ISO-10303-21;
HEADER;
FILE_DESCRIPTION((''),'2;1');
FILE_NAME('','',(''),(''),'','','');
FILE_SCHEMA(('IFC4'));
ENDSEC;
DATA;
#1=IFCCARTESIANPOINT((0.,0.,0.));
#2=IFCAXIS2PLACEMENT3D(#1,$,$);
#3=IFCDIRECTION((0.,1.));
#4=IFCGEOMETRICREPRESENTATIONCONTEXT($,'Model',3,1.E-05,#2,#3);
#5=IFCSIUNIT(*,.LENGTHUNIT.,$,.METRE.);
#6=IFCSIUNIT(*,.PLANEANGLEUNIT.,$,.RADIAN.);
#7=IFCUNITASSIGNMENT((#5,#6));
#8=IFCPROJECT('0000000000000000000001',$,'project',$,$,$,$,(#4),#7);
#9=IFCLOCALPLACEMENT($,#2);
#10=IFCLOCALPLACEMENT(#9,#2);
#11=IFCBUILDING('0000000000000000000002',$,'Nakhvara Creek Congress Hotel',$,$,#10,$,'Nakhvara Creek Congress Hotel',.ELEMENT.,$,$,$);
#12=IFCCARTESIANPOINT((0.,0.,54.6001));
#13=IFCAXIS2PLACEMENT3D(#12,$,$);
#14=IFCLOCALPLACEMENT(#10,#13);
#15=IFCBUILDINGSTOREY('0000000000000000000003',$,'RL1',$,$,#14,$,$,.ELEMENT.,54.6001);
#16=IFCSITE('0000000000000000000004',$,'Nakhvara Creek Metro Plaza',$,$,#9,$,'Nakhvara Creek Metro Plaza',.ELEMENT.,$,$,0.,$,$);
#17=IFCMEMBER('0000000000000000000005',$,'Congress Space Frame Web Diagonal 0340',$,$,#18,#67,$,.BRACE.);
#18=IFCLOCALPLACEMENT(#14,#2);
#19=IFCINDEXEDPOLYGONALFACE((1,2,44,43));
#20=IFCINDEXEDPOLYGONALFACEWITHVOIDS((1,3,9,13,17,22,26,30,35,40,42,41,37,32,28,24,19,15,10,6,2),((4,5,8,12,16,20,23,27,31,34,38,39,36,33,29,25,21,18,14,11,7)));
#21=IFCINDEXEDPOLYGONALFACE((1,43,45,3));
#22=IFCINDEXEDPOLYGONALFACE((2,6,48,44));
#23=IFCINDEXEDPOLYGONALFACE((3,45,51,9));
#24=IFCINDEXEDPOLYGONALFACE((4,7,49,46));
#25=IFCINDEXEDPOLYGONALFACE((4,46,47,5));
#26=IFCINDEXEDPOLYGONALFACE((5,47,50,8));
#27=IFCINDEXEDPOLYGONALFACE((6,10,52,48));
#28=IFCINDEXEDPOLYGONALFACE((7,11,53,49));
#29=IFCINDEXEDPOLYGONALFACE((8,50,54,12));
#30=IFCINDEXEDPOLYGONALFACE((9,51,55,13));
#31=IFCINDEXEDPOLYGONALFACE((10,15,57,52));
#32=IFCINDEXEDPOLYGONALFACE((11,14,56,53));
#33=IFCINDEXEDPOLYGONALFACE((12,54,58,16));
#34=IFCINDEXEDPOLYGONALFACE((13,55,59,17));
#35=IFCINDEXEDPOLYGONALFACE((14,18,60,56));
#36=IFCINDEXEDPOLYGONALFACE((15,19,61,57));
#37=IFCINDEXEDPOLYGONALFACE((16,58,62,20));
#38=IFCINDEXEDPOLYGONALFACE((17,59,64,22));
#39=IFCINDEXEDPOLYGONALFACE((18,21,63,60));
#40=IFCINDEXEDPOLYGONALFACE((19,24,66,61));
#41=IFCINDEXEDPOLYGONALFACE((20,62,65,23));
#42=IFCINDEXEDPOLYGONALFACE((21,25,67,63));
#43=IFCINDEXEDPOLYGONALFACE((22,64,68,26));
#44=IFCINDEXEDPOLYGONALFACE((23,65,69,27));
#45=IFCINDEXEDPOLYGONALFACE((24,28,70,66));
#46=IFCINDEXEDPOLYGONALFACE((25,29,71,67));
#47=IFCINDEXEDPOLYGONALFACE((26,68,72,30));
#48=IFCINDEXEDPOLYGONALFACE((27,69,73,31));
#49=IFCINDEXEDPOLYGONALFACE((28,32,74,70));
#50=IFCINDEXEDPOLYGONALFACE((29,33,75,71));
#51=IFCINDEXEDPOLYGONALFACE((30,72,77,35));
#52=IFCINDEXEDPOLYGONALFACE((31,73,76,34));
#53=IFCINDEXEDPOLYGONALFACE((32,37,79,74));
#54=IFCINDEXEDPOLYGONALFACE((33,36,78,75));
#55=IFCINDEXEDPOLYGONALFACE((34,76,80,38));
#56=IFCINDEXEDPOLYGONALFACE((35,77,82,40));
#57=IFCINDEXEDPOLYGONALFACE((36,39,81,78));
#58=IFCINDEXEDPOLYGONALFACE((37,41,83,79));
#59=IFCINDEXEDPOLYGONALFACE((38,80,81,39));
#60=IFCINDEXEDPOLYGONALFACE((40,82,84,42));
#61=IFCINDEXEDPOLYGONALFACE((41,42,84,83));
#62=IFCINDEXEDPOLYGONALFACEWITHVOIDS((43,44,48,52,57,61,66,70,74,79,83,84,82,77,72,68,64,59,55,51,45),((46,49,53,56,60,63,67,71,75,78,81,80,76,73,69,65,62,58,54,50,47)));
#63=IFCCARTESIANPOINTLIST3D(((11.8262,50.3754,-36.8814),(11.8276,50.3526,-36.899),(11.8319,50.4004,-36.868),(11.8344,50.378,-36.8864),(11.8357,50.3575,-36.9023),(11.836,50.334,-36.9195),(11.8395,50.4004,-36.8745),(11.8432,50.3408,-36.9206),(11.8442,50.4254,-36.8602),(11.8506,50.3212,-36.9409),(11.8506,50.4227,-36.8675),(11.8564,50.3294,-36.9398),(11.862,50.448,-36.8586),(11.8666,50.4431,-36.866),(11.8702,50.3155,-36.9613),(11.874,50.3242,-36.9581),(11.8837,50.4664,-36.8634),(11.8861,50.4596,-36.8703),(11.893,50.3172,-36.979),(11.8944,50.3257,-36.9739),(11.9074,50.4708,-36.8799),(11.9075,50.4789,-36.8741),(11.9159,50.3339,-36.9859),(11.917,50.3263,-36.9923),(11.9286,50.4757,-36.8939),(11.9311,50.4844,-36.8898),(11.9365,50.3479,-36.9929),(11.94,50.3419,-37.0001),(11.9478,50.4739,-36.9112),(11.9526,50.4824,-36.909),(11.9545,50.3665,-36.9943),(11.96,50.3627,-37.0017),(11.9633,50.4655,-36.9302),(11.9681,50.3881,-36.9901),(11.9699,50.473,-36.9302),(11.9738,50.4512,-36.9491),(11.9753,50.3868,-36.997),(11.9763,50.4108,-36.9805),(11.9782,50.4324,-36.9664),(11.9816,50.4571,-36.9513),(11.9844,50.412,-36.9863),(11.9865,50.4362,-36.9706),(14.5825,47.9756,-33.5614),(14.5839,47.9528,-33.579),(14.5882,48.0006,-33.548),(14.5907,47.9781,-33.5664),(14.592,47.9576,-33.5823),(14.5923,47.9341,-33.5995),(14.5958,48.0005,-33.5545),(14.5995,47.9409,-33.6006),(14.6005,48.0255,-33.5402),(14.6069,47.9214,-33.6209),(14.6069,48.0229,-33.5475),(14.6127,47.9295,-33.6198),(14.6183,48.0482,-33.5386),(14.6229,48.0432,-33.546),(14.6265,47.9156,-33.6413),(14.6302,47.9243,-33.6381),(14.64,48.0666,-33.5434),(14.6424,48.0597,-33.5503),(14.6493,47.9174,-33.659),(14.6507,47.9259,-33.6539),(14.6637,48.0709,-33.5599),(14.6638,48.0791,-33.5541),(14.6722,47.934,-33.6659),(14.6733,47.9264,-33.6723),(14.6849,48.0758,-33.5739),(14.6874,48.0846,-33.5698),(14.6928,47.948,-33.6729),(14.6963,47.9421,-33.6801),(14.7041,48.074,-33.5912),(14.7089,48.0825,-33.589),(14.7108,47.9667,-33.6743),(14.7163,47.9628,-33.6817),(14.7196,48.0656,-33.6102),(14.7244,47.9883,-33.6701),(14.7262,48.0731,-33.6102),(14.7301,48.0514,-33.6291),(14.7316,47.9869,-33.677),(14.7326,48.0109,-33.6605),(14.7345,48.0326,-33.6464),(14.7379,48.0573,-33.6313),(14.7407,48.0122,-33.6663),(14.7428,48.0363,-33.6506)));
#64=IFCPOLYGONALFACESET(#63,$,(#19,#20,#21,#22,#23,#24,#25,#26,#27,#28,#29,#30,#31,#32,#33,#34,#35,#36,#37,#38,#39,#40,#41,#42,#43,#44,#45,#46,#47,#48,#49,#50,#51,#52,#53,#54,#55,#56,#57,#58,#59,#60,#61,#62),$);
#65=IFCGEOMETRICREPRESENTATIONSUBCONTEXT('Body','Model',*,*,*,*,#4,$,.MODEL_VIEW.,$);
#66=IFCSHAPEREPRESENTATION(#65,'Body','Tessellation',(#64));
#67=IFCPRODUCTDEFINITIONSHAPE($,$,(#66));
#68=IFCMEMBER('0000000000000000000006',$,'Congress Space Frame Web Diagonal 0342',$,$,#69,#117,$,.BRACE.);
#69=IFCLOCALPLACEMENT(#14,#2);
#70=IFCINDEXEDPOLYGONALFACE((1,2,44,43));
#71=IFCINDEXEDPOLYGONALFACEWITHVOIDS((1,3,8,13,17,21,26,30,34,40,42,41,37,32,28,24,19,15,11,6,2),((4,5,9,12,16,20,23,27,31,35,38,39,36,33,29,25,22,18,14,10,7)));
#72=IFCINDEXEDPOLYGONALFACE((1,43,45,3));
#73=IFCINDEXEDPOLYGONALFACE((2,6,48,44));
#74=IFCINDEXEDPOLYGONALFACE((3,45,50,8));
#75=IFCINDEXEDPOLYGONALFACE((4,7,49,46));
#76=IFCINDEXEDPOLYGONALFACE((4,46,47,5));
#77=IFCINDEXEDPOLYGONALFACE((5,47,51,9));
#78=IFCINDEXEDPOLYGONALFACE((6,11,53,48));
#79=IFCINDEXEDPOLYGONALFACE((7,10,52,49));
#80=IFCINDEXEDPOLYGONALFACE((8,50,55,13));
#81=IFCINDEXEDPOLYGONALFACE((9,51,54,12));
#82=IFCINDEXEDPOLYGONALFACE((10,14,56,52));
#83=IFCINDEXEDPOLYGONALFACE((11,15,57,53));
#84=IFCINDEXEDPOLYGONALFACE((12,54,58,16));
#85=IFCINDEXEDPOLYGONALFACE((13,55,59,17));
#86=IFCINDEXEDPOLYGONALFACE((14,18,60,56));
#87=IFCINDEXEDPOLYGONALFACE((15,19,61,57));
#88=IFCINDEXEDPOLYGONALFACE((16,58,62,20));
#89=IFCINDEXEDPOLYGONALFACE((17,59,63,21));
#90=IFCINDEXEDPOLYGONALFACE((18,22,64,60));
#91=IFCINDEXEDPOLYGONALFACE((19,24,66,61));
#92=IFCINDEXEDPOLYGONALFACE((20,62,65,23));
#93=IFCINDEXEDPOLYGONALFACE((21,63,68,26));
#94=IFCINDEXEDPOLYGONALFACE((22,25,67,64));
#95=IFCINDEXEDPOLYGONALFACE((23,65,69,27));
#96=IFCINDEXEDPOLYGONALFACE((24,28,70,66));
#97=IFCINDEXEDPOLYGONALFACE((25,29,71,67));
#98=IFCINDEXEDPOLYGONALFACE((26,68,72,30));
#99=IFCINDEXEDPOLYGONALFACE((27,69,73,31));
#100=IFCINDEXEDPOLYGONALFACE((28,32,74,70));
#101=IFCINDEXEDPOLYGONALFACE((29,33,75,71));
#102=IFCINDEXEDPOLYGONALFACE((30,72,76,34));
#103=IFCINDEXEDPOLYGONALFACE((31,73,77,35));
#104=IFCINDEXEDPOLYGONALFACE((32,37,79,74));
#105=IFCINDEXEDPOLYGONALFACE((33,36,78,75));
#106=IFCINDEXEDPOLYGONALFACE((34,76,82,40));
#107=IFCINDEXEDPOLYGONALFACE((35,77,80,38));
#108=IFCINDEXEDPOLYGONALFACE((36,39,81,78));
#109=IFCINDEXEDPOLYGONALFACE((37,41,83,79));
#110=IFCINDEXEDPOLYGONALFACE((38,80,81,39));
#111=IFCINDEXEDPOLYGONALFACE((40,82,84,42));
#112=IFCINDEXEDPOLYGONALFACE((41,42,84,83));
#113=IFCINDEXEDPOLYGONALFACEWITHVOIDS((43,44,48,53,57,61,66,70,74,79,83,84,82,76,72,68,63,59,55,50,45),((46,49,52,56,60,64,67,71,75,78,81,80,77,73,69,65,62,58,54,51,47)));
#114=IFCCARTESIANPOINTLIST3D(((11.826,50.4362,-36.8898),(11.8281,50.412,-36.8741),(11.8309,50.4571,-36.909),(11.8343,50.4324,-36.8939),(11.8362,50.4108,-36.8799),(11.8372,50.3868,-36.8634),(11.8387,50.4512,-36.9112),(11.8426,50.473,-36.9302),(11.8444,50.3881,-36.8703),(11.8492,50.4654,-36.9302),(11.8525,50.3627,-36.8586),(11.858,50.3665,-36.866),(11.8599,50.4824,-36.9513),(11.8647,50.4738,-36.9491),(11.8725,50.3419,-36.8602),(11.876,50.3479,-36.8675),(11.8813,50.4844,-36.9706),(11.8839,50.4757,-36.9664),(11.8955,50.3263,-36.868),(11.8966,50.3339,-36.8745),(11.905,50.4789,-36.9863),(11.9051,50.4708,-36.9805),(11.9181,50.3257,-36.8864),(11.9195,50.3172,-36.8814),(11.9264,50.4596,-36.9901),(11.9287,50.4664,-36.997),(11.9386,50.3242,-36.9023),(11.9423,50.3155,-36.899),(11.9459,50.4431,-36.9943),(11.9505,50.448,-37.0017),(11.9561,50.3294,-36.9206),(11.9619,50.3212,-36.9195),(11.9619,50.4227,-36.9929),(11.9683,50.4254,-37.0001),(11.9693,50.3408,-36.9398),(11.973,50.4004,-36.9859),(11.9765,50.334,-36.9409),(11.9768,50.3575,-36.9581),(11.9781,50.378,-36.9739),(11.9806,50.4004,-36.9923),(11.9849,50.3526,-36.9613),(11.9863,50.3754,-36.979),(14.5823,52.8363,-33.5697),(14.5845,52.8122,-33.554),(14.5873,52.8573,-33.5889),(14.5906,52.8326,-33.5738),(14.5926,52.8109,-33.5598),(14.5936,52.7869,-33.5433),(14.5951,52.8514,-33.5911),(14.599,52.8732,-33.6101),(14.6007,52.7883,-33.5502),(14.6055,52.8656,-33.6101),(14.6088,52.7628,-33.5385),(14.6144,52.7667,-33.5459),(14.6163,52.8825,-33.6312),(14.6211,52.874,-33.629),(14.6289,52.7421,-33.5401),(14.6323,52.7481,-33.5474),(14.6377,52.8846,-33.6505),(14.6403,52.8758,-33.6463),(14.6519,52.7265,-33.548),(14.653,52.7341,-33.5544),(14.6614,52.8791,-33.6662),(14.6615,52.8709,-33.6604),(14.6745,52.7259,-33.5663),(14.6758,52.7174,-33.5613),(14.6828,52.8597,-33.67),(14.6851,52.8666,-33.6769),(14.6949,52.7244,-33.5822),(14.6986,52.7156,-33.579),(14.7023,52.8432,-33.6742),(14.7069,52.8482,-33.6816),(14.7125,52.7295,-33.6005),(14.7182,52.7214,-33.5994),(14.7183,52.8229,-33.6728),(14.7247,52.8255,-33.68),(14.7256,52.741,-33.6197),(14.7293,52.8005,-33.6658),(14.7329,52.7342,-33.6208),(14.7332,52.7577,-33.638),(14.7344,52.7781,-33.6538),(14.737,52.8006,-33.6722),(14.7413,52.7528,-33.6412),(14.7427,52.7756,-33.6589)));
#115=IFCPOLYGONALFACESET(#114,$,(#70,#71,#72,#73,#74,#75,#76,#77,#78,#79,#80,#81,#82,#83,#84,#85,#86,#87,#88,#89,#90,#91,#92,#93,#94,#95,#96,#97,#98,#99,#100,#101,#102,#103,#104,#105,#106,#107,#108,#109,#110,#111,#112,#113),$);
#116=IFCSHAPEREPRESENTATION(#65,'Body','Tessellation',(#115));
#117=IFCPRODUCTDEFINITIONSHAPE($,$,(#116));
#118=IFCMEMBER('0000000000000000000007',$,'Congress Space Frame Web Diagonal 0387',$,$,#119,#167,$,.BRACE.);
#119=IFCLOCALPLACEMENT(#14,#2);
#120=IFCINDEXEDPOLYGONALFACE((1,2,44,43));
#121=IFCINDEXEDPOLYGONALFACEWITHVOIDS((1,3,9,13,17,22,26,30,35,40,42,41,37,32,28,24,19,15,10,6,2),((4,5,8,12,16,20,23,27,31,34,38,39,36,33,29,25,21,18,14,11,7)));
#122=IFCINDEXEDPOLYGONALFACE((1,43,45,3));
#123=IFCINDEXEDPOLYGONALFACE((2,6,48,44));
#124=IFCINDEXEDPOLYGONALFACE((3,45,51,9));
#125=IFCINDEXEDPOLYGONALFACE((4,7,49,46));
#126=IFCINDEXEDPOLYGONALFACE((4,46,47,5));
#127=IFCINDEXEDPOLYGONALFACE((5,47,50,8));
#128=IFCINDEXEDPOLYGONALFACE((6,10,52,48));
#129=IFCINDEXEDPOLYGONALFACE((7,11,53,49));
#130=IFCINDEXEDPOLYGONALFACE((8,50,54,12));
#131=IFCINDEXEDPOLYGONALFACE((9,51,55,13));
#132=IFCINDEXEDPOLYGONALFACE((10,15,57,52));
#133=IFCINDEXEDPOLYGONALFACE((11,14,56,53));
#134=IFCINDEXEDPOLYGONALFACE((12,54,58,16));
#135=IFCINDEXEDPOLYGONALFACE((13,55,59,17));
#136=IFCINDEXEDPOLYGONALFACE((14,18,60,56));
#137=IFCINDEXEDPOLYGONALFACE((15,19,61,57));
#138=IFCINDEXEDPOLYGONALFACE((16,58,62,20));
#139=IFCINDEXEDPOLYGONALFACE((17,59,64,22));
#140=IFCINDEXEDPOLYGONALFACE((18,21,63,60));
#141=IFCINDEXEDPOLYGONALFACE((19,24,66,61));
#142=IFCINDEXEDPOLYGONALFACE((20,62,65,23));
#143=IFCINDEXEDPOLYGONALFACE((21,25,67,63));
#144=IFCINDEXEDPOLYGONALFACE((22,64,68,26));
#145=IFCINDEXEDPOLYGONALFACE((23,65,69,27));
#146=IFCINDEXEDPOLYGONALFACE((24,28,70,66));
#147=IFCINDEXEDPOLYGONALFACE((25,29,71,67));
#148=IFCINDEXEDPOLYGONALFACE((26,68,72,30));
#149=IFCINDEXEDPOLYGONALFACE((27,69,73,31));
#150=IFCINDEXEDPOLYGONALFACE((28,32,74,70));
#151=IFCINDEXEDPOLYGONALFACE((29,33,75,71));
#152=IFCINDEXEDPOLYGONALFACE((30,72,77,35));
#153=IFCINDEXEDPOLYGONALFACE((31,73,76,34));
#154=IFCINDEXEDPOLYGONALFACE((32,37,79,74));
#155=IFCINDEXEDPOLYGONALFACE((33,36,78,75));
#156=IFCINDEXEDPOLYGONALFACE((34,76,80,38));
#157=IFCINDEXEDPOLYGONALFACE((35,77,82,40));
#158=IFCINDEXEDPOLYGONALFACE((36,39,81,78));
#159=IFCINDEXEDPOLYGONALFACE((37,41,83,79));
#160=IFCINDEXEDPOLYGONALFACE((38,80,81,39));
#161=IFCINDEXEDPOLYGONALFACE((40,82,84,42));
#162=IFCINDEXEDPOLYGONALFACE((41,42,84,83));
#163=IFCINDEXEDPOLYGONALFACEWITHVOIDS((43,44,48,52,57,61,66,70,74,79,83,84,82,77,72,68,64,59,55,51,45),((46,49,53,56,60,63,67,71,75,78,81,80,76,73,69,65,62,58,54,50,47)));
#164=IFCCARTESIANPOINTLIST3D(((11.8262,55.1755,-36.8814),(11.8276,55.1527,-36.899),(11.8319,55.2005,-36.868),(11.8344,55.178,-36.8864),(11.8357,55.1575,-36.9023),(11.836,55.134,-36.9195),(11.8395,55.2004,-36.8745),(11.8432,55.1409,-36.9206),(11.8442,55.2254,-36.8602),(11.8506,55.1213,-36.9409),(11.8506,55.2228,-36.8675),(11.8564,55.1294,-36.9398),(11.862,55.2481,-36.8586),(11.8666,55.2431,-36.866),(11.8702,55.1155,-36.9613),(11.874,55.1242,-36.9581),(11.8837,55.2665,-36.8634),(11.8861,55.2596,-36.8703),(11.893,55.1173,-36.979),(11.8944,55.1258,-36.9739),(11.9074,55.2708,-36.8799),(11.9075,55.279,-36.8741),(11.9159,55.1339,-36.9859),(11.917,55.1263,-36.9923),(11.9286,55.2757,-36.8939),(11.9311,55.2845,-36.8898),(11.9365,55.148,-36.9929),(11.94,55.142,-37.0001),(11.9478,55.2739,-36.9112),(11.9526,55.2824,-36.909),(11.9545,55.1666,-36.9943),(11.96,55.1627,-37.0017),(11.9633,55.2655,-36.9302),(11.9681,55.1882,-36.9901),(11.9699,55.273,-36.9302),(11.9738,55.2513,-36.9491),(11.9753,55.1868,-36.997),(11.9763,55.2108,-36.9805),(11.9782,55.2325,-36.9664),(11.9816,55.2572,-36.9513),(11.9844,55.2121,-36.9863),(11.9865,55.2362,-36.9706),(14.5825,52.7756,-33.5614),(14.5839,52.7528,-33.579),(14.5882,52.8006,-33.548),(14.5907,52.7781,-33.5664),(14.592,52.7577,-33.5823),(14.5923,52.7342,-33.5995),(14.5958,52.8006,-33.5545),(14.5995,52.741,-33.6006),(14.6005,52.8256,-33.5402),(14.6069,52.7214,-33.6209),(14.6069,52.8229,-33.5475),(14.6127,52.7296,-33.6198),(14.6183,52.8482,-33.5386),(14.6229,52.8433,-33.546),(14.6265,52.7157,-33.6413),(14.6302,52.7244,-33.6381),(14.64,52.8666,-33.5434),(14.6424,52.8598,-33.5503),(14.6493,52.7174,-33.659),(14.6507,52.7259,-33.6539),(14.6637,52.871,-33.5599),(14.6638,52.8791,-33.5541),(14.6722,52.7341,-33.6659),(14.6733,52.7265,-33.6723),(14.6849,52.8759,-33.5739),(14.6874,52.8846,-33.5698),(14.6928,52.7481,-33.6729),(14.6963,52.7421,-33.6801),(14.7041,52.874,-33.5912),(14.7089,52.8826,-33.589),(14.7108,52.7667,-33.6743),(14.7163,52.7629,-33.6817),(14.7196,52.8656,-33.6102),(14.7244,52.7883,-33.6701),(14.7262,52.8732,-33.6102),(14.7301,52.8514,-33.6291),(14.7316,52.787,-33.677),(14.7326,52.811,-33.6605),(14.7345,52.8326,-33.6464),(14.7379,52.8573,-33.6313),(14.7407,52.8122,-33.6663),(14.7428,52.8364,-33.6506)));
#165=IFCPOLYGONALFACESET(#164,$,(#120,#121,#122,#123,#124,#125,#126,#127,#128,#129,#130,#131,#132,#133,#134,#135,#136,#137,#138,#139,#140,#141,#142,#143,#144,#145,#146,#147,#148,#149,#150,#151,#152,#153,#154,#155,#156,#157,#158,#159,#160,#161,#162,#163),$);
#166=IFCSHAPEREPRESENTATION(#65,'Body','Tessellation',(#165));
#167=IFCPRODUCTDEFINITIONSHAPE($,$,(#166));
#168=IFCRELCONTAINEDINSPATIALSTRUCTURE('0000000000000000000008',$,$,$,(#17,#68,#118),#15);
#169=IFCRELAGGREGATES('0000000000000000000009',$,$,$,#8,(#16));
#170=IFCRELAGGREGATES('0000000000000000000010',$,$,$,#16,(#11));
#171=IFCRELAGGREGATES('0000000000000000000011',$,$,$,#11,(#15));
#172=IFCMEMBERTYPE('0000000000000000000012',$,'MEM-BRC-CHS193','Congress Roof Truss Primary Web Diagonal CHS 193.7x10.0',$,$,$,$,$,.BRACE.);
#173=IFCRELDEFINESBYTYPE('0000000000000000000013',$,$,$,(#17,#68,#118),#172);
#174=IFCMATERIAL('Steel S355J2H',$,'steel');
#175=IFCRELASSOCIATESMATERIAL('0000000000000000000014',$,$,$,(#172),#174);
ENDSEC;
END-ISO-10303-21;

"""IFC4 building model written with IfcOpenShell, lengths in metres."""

from ifc_helpers import new_model, si_unit, direction, frame, origin, origin_2d, place, context, subcontext, project, spatial, hollow_circle, extrude, material, material_profile, profile_set, type_object, element, save


model = new_model("IFC4")

# Units and contexts
model_context = context("Model", 3, precision=1e-05, world=origin(), true_north=direction((0.0, 1.0)))
body_context = subcontext(model_context, "Body", "Model", "MODEL_VIEW")
ifc_project = project(units=[si_unit("LENGTHUNIT", "METRE"), si_unit("PLANEANGLEUNIT", "RADIAN")], contexts=[model_context])

# Site, building, storey
site_placement = place(None, origin())
site = spatial("IfcSite", under=ifc_project, at=site_placement, Name="Nakhvara Creek Metro Plaza", LongName="Nakhvara Creek Metro Plaza", CompositionType="ELEMENT", RefElevation=0.0)
building_placement = place(site_placement, origin())
building = spatial("IfcBuilding", under=site, at=building_placement, Name="Nakhvara Creek Congress Hotel", LongName="Nakhvara Creek Congress Hotel", CompositionType="ELEMENT")
storey_placement = place(building_placement, frame((0.0, 0.0, 54.6001)))
storey = spatial("IfcBuildingStorey", under=building, at=storey_placement, Name="RL1", CompositionType="ELEMENT", Elevation=54.6001)

# Members
ifc_material_1 = material(Name="Steel S355J2H", Category="steel")
ifc_material_profile_1 = material_profile(ifc_material_1, hollow_circle(Radius=0.0969, WallThickness=0.01, at=origin_2d()), Name="CHS 193.7x10.0", Category="LoadBearing")
ifc_profile_set_1 = profile_set([ifc_material_profile_1], Name="Steel S355J2H")
member_type_1 = type_object("IfcMemberType", Name="MEM-BRC-CHS193", Description="Congress Roof Truss Primary Web Diagonal CHS 193.7x10.0", PredefinedType="BRACE", material=ifc_profile_set_1)
member_1_placement = place(storey_placement, frame((11.9062, 50.3999, -36.9302), z_axis=(0.558237, -0.486047, 0.672406), x_axis=(0.656658, 0.754188, 0.0)))
element("IfcMember", 1, at=member_1_placement, inside=storey, type_object=member_type_1, Name="Congress Space Frame Web Diagonal 0340", PredefinedType="BRACE", context=body_context, shape_type="SweptSolid", body=[
    extrude(hollow_circle(Radius=0.0969, WallThickness=0.01, at=origin_2d()), origin(), (0.0, 0.0, 1.0), 4.9375),
])
member_2_placement = place(storey_placement, frame((11.9062, 50.3999, -36.9302), z_axis=(0.558224, 0.486085, 0.67239), x_axis=(-0.656696, 0.754155, 0.0)))
element("IfcMember", 2, at=member_2_placement, inside=storey, type_object=member_type_1, Name="Congress Space Frame Web Diagonal 0342", PredefinedType="BRACE", context=body_context, shape_type="SweptSolid", body=[
    extrude(hollow_circle(Radius=0.0969, WallThickness=0.01, at=origin_2d()), origin(), (0.0, 0.0, 1.0), 4.9377),
])
member_3_placement = place(storey_placement, frame((11.9062, 55.2, -36.9302), z_axis=(0.558237, -0.486047, 0.672406), x_axis=(0.656658, 0.754188, 0.0)))
element("IfcMember", 3, at=member_3_placement, inside=storey, type_object=member_type_1, Name="Congress Space Frame Web Diagonal 0387", PredefinedType="BRACE", context=body_context, shape_type="SweptSolid", body=[
    extrude(hollow_circle(Radius=0.0969, WallThickness=0.01, at=origin_2d()), origin(), (0.0, 0.0, 1.0), 4.9375),
])

save(model, "model.ifc")
